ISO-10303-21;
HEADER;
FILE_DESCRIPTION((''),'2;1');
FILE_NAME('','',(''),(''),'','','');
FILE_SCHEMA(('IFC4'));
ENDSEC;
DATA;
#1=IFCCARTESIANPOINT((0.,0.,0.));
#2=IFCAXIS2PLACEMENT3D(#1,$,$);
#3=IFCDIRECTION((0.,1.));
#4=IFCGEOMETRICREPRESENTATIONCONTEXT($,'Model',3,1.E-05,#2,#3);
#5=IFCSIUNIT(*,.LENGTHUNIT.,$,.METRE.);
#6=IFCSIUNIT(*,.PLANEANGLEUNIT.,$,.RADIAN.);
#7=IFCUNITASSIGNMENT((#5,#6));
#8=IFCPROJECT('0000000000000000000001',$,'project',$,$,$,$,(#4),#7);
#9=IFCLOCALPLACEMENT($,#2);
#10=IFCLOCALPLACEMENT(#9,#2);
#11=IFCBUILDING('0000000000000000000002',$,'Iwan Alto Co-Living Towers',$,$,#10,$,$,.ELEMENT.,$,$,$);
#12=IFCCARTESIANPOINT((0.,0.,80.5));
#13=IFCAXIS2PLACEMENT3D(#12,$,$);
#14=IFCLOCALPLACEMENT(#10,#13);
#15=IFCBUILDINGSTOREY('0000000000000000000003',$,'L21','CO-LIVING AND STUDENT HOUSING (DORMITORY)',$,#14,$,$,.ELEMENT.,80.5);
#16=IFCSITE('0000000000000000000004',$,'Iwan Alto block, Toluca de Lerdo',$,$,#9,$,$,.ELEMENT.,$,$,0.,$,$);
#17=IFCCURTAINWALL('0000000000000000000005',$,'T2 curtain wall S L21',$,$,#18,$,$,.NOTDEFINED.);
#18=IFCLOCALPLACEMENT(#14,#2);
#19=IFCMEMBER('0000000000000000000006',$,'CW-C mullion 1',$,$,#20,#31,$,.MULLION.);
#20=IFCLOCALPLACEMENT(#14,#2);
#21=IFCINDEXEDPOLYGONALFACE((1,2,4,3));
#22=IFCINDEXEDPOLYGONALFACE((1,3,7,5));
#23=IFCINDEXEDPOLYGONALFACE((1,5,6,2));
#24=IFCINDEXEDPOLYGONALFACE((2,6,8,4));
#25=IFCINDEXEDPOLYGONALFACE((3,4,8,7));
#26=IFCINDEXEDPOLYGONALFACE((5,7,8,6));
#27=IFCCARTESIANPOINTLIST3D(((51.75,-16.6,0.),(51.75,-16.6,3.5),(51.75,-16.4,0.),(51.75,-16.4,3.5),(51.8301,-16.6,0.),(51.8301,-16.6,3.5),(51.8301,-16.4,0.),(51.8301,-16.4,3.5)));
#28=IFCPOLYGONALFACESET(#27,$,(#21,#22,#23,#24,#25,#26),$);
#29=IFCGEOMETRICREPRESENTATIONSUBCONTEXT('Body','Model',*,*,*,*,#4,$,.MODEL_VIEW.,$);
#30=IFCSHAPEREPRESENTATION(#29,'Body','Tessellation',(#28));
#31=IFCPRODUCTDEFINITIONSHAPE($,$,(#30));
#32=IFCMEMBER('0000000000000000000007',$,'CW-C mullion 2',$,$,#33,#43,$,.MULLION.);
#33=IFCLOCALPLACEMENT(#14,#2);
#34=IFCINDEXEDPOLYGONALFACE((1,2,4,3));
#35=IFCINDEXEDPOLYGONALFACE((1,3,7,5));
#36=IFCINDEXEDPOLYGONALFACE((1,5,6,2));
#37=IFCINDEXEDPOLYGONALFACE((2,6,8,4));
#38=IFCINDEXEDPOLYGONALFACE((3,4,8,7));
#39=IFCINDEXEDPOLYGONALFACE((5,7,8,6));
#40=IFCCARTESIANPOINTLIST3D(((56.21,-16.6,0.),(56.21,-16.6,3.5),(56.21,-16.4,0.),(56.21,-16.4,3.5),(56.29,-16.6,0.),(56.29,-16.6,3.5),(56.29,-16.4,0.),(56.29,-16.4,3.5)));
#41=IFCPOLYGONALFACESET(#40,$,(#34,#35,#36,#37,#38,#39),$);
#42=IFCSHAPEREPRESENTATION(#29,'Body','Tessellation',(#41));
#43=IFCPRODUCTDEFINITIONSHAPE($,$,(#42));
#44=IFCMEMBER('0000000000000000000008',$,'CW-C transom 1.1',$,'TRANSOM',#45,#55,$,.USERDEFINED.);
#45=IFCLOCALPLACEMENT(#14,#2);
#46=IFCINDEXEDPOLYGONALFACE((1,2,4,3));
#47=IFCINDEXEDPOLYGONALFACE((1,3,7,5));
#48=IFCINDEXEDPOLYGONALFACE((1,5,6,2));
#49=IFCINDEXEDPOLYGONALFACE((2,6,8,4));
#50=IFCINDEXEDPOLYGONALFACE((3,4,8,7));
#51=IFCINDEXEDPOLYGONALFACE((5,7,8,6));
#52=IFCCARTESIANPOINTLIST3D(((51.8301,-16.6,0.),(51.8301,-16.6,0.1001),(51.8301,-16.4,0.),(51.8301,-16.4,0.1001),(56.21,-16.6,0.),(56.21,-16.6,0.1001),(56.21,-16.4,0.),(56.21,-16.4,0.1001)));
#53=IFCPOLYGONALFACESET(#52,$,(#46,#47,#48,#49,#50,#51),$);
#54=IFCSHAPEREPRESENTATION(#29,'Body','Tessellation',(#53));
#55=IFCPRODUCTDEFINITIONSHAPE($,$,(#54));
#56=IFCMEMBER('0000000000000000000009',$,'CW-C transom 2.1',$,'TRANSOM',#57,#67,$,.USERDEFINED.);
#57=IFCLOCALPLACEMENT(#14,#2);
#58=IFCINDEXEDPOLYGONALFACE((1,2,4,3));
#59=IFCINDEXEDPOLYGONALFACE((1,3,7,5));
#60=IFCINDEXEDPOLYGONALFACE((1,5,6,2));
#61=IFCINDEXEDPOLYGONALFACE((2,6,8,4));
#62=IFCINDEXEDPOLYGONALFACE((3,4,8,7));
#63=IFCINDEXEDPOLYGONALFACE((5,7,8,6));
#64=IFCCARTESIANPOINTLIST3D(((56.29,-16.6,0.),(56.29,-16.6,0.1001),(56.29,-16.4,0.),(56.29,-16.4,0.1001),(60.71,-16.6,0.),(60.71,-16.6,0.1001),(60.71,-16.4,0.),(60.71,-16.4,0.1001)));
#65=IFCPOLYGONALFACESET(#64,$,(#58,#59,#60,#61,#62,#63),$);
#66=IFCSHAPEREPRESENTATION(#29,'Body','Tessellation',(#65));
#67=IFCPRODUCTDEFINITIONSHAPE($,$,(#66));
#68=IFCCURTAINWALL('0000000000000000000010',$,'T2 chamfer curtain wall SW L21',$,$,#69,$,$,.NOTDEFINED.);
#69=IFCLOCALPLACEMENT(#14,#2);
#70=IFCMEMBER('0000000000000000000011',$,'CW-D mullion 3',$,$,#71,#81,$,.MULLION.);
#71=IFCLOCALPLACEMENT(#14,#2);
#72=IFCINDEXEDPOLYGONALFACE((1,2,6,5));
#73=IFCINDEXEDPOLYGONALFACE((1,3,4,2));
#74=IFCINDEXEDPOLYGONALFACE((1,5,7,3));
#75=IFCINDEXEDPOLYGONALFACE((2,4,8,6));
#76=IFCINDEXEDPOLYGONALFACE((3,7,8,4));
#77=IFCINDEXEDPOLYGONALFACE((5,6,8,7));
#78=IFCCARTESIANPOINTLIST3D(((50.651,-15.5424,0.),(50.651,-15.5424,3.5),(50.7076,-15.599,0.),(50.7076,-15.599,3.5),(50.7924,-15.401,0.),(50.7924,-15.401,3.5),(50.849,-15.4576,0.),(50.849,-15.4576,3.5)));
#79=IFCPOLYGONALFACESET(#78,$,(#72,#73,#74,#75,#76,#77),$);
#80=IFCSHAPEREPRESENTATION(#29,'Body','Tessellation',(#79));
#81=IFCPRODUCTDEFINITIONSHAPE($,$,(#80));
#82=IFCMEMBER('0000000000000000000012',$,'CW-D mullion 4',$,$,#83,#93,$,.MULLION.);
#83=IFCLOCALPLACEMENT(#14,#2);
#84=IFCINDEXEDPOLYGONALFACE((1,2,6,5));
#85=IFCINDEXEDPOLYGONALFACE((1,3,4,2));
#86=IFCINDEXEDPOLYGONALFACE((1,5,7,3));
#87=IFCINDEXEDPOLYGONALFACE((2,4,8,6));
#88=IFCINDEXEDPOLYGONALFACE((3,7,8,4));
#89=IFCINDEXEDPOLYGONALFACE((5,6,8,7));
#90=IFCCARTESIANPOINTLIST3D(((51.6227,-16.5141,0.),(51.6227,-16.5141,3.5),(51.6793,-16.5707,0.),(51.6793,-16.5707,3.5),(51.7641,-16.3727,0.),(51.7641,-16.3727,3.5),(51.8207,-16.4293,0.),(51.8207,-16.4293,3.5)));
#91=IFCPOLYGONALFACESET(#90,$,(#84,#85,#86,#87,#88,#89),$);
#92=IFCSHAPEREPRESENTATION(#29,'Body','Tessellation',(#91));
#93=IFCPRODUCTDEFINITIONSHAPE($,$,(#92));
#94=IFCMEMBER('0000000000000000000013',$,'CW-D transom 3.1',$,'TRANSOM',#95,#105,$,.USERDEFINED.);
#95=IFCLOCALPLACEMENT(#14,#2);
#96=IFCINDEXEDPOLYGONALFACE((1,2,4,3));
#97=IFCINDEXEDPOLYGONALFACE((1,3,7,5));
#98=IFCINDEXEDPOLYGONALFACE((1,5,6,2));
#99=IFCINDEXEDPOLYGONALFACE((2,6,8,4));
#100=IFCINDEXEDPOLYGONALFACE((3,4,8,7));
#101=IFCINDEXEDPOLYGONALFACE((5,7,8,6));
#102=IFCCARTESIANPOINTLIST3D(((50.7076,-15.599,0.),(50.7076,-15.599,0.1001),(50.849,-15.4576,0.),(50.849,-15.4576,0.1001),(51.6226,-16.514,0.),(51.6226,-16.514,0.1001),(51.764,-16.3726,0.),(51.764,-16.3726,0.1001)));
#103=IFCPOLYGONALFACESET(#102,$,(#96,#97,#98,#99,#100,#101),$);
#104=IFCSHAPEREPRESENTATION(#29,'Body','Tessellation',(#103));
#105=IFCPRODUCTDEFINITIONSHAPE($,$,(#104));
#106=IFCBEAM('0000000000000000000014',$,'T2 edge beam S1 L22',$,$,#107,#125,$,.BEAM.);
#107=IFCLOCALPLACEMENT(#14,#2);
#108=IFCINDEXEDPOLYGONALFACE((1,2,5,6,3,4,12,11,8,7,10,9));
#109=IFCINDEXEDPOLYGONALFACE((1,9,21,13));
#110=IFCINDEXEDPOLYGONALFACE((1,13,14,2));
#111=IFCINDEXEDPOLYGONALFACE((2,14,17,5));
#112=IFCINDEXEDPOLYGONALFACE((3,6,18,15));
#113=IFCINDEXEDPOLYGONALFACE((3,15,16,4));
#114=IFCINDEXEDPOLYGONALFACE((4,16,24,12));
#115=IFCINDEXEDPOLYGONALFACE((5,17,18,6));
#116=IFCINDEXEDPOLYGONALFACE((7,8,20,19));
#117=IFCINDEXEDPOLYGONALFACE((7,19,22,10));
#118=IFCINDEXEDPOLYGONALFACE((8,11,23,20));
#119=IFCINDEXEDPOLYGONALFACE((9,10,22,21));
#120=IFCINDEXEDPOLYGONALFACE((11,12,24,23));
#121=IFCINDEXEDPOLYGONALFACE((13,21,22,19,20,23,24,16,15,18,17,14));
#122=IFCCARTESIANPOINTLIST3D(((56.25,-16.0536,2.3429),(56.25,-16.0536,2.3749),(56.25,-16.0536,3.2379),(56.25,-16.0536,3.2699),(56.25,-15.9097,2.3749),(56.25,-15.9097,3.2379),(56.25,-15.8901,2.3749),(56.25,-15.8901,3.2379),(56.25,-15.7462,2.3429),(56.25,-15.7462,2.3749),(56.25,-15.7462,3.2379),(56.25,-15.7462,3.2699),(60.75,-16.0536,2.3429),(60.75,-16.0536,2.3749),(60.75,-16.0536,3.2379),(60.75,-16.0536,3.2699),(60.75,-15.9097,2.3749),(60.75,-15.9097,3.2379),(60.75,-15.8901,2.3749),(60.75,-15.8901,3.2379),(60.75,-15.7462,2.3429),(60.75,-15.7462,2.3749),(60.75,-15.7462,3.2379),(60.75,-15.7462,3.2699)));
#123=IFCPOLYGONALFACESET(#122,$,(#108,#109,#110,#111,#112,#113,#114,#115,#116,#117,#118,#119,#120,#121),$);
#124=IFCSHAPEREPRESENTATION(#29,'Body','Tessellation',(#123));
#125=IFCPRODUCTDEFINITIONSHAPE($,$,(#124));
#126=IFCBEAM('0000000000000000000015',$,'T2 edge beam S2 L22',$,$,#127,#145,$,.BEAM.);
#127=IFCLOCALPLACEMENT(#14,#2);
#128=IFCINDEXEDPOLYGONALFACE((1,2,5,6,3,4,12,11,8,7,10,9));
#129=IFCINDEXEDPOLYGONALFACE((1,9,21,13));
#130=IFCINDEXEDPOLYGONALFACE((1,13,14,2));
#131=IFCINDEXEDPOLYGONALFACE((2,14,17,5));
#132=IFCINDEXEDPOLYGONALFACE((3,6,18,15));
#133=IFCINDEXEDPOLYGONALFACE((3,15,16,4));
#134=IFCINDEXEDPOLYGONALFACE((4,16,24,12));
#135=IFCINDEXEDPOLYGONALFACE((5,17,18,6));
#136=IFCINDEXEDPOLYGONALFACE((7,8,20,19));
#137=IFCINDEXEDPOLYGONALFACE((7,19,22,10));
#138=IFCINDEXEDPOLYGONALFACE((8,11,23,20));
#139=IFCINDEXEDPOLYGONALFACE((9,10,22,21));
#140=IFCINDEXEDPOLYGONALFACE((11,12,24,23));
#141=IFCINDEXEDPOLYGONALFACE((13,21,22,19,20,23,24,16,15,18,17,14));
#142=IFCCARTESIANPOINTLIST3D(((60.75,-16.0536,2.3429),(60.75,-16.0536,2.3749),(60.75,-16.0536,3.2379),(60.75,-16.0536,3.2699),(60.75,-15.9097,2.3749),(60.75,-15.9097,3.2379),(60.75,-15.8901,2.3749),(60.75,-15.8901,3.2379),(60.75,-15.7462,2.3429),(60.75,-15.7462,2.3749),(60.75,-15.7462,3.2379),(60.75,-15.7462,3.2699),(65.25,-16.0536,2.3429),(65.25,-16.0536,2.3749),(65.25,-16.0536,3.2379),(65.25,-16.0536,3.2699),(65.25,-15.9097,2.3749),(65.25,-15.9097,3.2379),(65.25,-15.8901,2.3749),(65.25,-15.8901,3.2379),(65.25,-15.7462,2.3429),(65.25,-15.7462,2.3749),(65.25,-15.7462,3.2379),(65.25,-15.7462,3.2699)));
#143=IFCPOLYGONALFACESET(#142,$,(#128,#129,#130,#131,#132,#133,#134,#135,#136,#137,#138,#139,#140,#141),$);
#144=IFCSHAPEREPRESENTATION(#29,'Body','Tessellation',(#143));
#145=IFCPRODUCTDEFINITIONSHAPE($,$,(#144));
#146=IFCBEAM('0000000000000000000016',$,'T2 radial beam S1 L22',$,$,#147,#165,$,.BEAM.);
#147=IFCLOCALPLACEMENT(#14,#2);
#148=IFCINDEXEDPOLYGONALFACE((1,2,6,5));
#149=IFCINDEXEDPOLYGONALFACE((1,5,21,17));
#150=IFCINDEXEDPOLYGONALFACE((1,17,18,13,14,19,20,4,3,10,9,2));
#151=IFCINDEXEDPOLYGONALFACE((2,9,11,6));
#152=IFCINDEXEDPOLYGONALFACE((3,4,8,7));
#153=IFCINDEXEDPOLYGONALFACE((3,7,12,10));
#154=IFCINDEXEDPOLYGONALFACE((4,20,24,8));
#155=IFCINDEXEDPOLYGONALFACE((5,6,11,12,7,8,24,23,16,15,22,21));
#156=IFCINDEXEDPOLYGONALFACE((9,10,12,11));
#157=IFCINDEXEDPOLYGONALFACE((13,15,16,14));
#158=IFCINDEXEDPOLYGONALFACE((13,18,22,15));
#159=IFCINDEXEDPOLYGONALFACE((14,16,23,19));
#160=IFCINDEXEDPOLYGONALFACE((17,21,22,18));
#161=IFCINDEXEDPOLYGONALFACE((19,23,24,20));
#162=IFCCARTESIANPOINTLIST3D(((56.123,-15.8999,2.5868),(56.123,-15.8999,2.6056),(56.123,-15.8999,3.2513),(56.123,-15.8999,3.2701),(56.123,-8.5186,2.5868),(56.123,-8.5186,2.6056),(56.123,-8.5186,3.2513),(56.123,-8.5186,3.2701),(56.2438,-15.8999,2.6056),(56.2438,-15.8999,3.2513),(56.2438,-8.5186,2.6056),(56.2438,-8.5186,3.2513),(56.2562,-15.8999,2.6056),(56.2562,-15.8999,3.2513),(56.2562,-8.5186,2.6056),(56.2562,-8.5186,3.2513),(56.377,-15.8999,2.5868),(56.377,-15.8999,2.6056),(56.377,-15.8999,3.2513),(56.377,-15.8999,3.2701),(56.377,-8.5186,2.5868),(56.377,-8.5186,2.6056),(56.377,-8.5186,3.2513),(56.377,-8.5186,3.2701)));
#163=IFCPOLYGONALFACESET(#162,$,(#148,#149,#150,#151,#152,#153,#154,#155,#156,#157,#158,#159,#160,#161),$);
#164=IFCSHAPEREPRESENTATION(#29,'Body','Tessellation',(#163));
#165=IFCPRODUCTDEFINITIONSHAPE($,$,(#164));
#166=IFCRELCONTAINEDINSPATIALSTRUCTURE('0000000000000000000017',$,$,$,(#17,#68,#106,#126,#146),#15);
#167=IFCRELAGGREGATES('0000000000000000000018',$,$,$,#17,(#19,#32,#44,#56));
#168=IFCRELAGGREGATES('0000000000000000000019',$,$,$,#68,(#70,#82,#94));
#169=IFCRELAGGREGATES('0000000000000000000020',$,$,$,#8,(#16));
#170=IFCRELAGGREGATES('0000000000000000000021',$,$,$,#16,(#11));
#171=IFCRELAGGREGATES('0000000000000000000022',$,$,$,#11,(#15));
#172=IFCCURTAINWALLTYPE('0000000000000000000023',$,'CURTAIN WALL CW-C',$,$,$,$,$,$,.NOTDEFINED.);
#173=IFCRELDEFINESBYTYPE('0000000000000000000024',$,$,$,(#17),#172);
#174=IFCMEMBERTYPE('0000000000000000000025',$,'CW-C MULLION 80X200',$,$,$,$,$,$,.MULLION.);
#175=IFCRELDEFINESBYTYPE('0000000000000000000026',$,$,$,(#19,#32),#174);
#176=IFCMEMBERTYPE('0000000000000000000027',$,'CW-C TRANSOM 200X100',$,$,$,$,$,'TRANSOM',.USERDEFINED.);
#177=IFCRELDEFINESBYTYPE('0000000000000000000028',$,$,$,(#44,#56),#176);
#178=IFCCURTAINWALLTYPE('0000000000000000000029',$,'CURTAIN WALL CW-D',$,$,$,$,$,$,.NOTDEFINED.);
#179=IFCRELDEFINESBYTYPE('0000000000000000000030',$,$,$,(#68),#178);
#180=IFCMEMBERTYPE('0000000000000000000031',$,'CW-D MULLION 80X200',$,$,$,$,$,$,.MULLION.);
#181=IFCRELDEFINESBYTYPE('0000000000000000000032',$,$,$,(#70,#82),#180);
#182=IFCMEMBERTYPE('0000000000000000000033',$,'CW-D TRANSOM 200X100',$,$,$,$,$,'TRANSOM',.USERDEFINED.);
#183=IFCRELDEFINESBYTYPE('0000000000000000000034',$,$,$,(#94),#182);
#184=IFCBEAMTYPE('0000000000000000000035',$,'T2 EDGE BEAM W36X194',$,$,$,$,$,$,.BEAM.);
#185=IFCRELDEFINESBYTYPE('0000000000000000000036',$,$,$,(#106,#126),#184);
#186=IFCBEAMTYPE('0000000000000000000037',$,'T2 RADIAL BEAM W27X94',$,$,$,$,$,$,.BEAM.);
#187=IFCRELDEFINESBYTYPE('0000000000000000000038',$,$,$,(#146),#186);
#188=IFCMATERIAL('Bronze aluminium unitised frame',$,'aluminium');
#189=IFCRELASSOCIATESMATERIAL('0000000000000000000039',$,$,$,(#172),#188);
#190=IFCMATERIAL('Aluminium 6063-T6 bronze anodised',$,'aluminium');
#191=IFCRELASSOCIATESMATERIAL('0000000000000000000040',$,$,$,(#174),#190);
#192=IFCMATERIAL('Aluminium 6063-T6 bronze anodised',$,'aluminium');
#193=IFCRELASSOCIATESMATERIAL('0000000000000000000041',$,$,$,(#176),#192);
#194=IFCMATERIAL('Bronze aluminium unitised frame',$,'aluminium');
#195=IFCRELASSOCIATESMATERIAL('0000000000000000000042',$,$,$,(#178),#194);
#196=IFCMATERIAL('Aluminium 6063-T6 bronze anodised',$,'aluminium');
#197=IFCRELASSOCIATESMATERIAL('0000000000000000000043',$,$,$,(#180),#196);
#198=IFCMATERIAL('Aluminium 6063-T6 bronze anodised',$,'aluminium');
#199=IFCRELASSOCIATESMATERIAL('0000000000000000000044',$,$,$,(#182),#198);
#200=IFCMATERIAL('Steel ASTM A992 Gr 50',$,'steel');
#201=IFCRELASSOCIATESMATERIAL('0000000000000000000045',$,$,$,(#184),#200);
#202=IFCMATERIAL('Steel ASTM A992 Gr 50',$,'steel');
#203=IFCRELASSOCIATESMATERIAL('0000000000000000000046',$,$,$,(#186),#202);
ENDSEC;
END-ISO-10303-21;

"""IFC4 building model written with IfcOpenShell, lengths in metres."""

from ifc_helpers import new_model, si_unit, direction, frame, origin, origin_2d, place, context, subcontext, project, spatial, rectangle, i_section, extrude, material, material_profile, profile_set, type_object, element, aggregate, save


model = new_model("IFC4")

# Units and contexts
model_context = context("Model", 3, precision=1e-05, world=origin(), true_north=direction((0.0, 1.0)))
body_context = subcontext(model_context, "Body", "Model", "MODEL_VIEW")
ifc_project = project(units=[si_unit("LENGTHUNIT", "METRE"), si_unit("PLANEANGLEUNIT", "RADIAN")], contexts=[model_context])

# Site, building, storey
site_placement = place(None, origin())
site = spatial("IfcSite", under=ifc_project, at=site_placement, Name="Iwan Alto block, Toluca de Lerdo", CompositionType="ELEMENT", RefElevation=0.0)
building_placement = place(site_placement, origin())
building = spatial("IfcBuilding", under=site, at=building_placement, Name="Iwan Alto Co-Living Towers", CompositionType="ELEMENT")
storey_placement = place(building_placement, frame((0.0, 0.0, 80.5)))
storey = spatial("IfcBuildingStorey", under=building, at=storey_placement, Name="L21", Description="CO-LIVING AND STUDENT HOUSING (DORMITORY)", CompositionType="ELEMENT", Elevation=80.5)

# Curtain walls, members
ifc_material_1 = material(Name="Bronze aluminium unitised frame", Category="aluminium")
curtain_wall_type_1 = type_object("IfcCurtainWallType", Name="CURTAIN WALL CW-C", PredefinedType="NOTDEFINED", material=ifc_material_1)
curtain_wall_1_placement = place(storey_placement, origin())
curtain_wall_1 = element("IfcCurtainWall", 1, at=curtain_wall_1_placement, inside=storey, type_object=curtain_wall_type_1, Name="T2 curtain wall S L21", PredefinedType="NOTDEFINED")
ifc_material_2 = material(Name="Aluminium 6063-T6 bronze anodised", Category="aluminium")
ifc_material_profile_1 = material_profile(ifc_material_2, rectangle(XDim=0.2, YDim=0.0801, at=origin_2d()), Name="AL 80X200")
ifc_profile_set_1 = profile_set([ifc_material_profile_1], Name="Aluminium 6063-T6 bronze anodised")
member_type_1 = type_object("IfcMemberType", Name="CW-C MULLION 80X200", PredefinedType="MULLION", material=ifc_profile_set_1)
member_1_placement = place(storey_placement, frame((51.79, -16.5, 0.0), z_axis=(0.0, 0.0, 1.0), x_axis=(0.0, 1.0, 0.0)))
member_1 = element("IfcMember", 2, at=member_1_placement, type_object=member_type_1, Name="CW-C mullion 1", PredefinedType="MULLION", context=body_context, shape_type="SweptSolid", body=[
    extrude(rectangle(XDim=0.2, YDim=0.0801, at=origin_2d()), origin(), (0.0, 0.0, 1.0), 3.5),
])
member_2_placement = place(storey_placement, frame((56.25, -16.5, 0.0), z_axis=(0.0, 0.0, 1.0), x_axis=(0.0, 1.0, 0.0)))
member_2 = element("IfcMember", 3, at=member_2_placement, type_object=member_type_1, Name="CW-C mullion 2", PredefinedType="MULLION", context=body_context, shape_type="SweptSolid", body=[
    extrude(rectangle(XDim=0.2, YDim=0.0801, at=origin_2d()), origin(), (0.0, 0.0, 1.0), 3.5),
])
ifc_material_3 = material(Name="Aluminium 6063-T6 bronze anodised", Category="aluminium")
ifc_material_profile_2 = material_profile(ifc_material_3, rectangle(XDim=0.2, YDim=0.1001, at=origin_2d()), Name="AL 200X100")
ifc_profile_set_2 = profile_set([ifc_material_profile_2], Name="Aluminium 6063-T6 bronze anodised")
member_type_2 = type_object("IfcMemberType", Name="CW-C TRANSOM 200X100", ElementType="TRANSOM", PredefinedType="USERDEFINED", material=ifc_profile_set_2)
member_3_placement = place(storey_placement, frame((51.8301, -16.5, 0.05), z_axis=(1.0, 0.0, 0.0), x_axis=(0.0, 1.0, 0.0)))
member_3 = element("IfcMember", 4, at=member_3_placement, type_object=member_type_2, Name="CW-C transom 1.1", ObjectType="TRANSOM", PredefinedType="USERDEFINED", context=body_context, shape_type="SweptSolid", body=[
    extrude(rectangle(XDim=0.2, YDim=0.1001, at=origin_2d()), origin(), (0.0, 0.0, 1.0), 4.3799),
])
member_4_placement = place(storey_placement, frame((56.29, -16.5, 0.05), z_axis=(1.0, 0.0, 0.0), x_axis=(0.0, 1.0, 0.0)))
member_4 = element("IfcMember", 5, at=member_4_placement, type_object=member_type_2, Name="CW-C transom 2.1", ObjectType="TRANSOM", PredefinedType="USERDEFINED", context=body_context, shape_type="SweptSolid", body=[
    extrude(rectangle(XDim=0.2, YDim=0.1001, at=origin_2d()), origin(), (0.0, 0.0, 1.0), 4.4199),
])
ifc_material_4 = material(Name="Bronze aluminium unitised frame", Category="aluminium")
curtain_wall_type_2 = type_object("IfcCurtainWallType", Name="CURTAIN WALL CW-D", PredefinedType="NOTDEFINED", material=ifc_material_4)
curtain_wall_2_placement = place(storey_placement, origin())
curtain_wall_2 = element("IfcCurtainWall", 6, at=curtain_wall_2_placement, inside=storey, type_object=curtain_wall_type_2, Name="T2 chamfer curtain wall SW L21", PredefinedType="NOTDEFINED")
ifc_material_5 = material(Name="Aluminium 6063-T6 bronze anodised", Category="aluminium")
ifc_material_profile_3 = material_profile(ifc_material_5, rectangle(XDim=0.2, YDim=0.0801, at=origin_2d()), Name="AL 80X200")
ifc_profile_set_3 = profile_set([ifc_material_profile_3], Name="Aluminium 6063-T6 bronze anodised")
member_type_3 = type_object("IfcMemberType", Name="CW-D MULLION 80X200", PredefinedType="MULLION", material=ifc_profile_set_3)
member_5_placement = place(storey_placement, frame((50.75, -15.5, 0.0), z_axis=(0.0, 0.0, 1.0), x_axis=(0.707107, 0.707107, 0.0)))
member_5 = element("IfcMember", 7, at=member_5_placement, type_object=member_type_3, Name="CW-D mullion 3", PredefinedType="MULLION", context=body_context, shape_type="SweptSolid", body=[
    extrude(rectangle(XDim=0.2, YDim=0.0801, at=origin_2d()), origin(), (0.0, 0.0, 1.0), 3.5),
])
member_6_placement = place(storey_placement, frame((51.7217, -16.4717, 0.0), z_axis=(0.0, 0.0, 1.0), x_axis=(0.707107, 0.707107, 0.0)))
member_6 = element("IfcMember", 8, at=member_6_placement, type_object=member_type_3, Name="CW-D mullion 4", PredefinedType="MULLION", context=body_context, shape_type="SweptSolid", body=[
    extrude(rectangle(XDim=0.2, YDim=0.0801, at=origin_2d()), origin(), (0.0, 0.0, 1.0), 3.5),
])
ifc_material_6 = material(Name="Aluminium 6063-T6 bronze anodised", Category="aluminium")
ifc_material_profile_4 = material_profile(ifc_material_6, rectangle(XDim=0.2, YDim=0.1001, at=origin_2d()), Name="AL 200X100")
ifc_profile_set_4 = profile_set([ifc_material_profile_4], Name="Aluminium 6063-T6 bronze anodised")
member_type_4 = type_object("IfcMemberType", Name="CW-D TRANSOM 200X100", ElementType="TRANSOM", PredefinedType="USERDEFINED", material=ifc_profile_set_4)
member_7_placement = place(storey_placement, frame((50.7783, -15.5283, 0.05), z_axis=(0.707107, -0.707107, 0.0), x_axis=(0.707107, 0.707107, 0.0)))
member_7 = element("IfcMember", 9, at=member_7_placement, type_object=member_type_4, Name="CW-D transom 3.1", ObjectType="TRANSOM", PredefinedType="USERDEFINED", context=body_context, shape_type="SweptSolid", body=[
    extrude(rectangle(XDim=0.2, YDim=0.1001, at=origin_2d()), origin(), (0.0, 0.0, 1.0), 1.2939),
])

# Beams
ifc_material_7 = material(Name="Steel ASTM A992 Gr 50", Category="steel")
ifc_material_profile_5 = material_profile(ifc_material_7, i_section(OverallWidth=0.3074, OverallDepth=0.927, WebThickness=0.0195, FlangeThickness=0.032, at=origin_2d()), Name="W36X194")
ifc_profile_set_5 = profile_set([ifc_material_profile_5], Name="Steel ASTM A992 Gr 50")
beam_type_1 = type_object("IfcBeamType", Name="T2 EDGE BEAM W36X194", PredefinedType="BEAM", material=ifc_profile_set_5)
for number, where, z_axis, x_axis, name in (
    (10, (56.25, -15.8999, 2.8064), (1.0, 0.0, 0.0), (0.0, 1.0, 0.0), "T2 edge beam S1 L22"),
    (11, (60.75, -15.8999, 2.8064), (1.0, 0.0, 0.0), (0.0, 1.0, 0.0), "T2 edge beam S2 L22"),
):
    element("IfcBeam", number, at=place(storey_placement, frame(where, z_axis=z_axis, x_axis=x_axis)), inside=storey, type_object=beam_type_1, Name=name, PredefinedType="BEAM", context=body_context, shape_type="SweptSolid", body=[
        extrude(i_section(OverallWidth=0.3074, OverallDepth=0.927, WebThickness=0.0195, FlangeThickness=0.032, at=origin_2d()), origin(), (0.0, 0.0, 1.0), 4.5),
    ])
ifc_material_8 = material(Name="Steel ASTM A992 Gr 50", Category="steel")
ifc_material_profile_6 = material_profile(ifc_material_8, i_section(OverallWidth=0.2539, OverallDepth=0.6833, WebThickness=0.0125, FlangeThickness=0.0188, at=origin_2d()), Name="W27X94")
ifc_profile_set_6 = profile_set([ifc_material_profile_6], Name="Steel ASTM A992 Gr 50")
beam_type_2 = type_object("IfcBeamType", Name="T2 RADIAL BEAM W27X94", PredefinedType="BEAM", material=ifc_profile_set_6)
beam_1_placement = place(storey_placement, frame((56.25, -15.8999, 2.9285), z_axis=(0.0, 1.0, 0.0), x_axis=(-1.0, 0.0, 0.0)))
element("IfcBeam", 12, at=beam_1_placement, inside=storey, type_object=beam_type_2, Name="T2 radial beam S1 L22", PredefinedType="BEAM", context=body_context, shape_type="SweptSolid", body=[
    extrude(i_section(OverallWidth=0.2539, OverallDepth=0.6833, WebThickness=0.0125, FlangeThickness=0.0188, at=origin_2d()), origin(), (0.0, 0.0, 1.0), 7.3813),
])

aggregate(curtain_wall_1, [member_1, member_2, member_3, member_4])
aggregate(curtain_wall_2, [member_5, member_6, member_7])

save(model, "model.ifc")
